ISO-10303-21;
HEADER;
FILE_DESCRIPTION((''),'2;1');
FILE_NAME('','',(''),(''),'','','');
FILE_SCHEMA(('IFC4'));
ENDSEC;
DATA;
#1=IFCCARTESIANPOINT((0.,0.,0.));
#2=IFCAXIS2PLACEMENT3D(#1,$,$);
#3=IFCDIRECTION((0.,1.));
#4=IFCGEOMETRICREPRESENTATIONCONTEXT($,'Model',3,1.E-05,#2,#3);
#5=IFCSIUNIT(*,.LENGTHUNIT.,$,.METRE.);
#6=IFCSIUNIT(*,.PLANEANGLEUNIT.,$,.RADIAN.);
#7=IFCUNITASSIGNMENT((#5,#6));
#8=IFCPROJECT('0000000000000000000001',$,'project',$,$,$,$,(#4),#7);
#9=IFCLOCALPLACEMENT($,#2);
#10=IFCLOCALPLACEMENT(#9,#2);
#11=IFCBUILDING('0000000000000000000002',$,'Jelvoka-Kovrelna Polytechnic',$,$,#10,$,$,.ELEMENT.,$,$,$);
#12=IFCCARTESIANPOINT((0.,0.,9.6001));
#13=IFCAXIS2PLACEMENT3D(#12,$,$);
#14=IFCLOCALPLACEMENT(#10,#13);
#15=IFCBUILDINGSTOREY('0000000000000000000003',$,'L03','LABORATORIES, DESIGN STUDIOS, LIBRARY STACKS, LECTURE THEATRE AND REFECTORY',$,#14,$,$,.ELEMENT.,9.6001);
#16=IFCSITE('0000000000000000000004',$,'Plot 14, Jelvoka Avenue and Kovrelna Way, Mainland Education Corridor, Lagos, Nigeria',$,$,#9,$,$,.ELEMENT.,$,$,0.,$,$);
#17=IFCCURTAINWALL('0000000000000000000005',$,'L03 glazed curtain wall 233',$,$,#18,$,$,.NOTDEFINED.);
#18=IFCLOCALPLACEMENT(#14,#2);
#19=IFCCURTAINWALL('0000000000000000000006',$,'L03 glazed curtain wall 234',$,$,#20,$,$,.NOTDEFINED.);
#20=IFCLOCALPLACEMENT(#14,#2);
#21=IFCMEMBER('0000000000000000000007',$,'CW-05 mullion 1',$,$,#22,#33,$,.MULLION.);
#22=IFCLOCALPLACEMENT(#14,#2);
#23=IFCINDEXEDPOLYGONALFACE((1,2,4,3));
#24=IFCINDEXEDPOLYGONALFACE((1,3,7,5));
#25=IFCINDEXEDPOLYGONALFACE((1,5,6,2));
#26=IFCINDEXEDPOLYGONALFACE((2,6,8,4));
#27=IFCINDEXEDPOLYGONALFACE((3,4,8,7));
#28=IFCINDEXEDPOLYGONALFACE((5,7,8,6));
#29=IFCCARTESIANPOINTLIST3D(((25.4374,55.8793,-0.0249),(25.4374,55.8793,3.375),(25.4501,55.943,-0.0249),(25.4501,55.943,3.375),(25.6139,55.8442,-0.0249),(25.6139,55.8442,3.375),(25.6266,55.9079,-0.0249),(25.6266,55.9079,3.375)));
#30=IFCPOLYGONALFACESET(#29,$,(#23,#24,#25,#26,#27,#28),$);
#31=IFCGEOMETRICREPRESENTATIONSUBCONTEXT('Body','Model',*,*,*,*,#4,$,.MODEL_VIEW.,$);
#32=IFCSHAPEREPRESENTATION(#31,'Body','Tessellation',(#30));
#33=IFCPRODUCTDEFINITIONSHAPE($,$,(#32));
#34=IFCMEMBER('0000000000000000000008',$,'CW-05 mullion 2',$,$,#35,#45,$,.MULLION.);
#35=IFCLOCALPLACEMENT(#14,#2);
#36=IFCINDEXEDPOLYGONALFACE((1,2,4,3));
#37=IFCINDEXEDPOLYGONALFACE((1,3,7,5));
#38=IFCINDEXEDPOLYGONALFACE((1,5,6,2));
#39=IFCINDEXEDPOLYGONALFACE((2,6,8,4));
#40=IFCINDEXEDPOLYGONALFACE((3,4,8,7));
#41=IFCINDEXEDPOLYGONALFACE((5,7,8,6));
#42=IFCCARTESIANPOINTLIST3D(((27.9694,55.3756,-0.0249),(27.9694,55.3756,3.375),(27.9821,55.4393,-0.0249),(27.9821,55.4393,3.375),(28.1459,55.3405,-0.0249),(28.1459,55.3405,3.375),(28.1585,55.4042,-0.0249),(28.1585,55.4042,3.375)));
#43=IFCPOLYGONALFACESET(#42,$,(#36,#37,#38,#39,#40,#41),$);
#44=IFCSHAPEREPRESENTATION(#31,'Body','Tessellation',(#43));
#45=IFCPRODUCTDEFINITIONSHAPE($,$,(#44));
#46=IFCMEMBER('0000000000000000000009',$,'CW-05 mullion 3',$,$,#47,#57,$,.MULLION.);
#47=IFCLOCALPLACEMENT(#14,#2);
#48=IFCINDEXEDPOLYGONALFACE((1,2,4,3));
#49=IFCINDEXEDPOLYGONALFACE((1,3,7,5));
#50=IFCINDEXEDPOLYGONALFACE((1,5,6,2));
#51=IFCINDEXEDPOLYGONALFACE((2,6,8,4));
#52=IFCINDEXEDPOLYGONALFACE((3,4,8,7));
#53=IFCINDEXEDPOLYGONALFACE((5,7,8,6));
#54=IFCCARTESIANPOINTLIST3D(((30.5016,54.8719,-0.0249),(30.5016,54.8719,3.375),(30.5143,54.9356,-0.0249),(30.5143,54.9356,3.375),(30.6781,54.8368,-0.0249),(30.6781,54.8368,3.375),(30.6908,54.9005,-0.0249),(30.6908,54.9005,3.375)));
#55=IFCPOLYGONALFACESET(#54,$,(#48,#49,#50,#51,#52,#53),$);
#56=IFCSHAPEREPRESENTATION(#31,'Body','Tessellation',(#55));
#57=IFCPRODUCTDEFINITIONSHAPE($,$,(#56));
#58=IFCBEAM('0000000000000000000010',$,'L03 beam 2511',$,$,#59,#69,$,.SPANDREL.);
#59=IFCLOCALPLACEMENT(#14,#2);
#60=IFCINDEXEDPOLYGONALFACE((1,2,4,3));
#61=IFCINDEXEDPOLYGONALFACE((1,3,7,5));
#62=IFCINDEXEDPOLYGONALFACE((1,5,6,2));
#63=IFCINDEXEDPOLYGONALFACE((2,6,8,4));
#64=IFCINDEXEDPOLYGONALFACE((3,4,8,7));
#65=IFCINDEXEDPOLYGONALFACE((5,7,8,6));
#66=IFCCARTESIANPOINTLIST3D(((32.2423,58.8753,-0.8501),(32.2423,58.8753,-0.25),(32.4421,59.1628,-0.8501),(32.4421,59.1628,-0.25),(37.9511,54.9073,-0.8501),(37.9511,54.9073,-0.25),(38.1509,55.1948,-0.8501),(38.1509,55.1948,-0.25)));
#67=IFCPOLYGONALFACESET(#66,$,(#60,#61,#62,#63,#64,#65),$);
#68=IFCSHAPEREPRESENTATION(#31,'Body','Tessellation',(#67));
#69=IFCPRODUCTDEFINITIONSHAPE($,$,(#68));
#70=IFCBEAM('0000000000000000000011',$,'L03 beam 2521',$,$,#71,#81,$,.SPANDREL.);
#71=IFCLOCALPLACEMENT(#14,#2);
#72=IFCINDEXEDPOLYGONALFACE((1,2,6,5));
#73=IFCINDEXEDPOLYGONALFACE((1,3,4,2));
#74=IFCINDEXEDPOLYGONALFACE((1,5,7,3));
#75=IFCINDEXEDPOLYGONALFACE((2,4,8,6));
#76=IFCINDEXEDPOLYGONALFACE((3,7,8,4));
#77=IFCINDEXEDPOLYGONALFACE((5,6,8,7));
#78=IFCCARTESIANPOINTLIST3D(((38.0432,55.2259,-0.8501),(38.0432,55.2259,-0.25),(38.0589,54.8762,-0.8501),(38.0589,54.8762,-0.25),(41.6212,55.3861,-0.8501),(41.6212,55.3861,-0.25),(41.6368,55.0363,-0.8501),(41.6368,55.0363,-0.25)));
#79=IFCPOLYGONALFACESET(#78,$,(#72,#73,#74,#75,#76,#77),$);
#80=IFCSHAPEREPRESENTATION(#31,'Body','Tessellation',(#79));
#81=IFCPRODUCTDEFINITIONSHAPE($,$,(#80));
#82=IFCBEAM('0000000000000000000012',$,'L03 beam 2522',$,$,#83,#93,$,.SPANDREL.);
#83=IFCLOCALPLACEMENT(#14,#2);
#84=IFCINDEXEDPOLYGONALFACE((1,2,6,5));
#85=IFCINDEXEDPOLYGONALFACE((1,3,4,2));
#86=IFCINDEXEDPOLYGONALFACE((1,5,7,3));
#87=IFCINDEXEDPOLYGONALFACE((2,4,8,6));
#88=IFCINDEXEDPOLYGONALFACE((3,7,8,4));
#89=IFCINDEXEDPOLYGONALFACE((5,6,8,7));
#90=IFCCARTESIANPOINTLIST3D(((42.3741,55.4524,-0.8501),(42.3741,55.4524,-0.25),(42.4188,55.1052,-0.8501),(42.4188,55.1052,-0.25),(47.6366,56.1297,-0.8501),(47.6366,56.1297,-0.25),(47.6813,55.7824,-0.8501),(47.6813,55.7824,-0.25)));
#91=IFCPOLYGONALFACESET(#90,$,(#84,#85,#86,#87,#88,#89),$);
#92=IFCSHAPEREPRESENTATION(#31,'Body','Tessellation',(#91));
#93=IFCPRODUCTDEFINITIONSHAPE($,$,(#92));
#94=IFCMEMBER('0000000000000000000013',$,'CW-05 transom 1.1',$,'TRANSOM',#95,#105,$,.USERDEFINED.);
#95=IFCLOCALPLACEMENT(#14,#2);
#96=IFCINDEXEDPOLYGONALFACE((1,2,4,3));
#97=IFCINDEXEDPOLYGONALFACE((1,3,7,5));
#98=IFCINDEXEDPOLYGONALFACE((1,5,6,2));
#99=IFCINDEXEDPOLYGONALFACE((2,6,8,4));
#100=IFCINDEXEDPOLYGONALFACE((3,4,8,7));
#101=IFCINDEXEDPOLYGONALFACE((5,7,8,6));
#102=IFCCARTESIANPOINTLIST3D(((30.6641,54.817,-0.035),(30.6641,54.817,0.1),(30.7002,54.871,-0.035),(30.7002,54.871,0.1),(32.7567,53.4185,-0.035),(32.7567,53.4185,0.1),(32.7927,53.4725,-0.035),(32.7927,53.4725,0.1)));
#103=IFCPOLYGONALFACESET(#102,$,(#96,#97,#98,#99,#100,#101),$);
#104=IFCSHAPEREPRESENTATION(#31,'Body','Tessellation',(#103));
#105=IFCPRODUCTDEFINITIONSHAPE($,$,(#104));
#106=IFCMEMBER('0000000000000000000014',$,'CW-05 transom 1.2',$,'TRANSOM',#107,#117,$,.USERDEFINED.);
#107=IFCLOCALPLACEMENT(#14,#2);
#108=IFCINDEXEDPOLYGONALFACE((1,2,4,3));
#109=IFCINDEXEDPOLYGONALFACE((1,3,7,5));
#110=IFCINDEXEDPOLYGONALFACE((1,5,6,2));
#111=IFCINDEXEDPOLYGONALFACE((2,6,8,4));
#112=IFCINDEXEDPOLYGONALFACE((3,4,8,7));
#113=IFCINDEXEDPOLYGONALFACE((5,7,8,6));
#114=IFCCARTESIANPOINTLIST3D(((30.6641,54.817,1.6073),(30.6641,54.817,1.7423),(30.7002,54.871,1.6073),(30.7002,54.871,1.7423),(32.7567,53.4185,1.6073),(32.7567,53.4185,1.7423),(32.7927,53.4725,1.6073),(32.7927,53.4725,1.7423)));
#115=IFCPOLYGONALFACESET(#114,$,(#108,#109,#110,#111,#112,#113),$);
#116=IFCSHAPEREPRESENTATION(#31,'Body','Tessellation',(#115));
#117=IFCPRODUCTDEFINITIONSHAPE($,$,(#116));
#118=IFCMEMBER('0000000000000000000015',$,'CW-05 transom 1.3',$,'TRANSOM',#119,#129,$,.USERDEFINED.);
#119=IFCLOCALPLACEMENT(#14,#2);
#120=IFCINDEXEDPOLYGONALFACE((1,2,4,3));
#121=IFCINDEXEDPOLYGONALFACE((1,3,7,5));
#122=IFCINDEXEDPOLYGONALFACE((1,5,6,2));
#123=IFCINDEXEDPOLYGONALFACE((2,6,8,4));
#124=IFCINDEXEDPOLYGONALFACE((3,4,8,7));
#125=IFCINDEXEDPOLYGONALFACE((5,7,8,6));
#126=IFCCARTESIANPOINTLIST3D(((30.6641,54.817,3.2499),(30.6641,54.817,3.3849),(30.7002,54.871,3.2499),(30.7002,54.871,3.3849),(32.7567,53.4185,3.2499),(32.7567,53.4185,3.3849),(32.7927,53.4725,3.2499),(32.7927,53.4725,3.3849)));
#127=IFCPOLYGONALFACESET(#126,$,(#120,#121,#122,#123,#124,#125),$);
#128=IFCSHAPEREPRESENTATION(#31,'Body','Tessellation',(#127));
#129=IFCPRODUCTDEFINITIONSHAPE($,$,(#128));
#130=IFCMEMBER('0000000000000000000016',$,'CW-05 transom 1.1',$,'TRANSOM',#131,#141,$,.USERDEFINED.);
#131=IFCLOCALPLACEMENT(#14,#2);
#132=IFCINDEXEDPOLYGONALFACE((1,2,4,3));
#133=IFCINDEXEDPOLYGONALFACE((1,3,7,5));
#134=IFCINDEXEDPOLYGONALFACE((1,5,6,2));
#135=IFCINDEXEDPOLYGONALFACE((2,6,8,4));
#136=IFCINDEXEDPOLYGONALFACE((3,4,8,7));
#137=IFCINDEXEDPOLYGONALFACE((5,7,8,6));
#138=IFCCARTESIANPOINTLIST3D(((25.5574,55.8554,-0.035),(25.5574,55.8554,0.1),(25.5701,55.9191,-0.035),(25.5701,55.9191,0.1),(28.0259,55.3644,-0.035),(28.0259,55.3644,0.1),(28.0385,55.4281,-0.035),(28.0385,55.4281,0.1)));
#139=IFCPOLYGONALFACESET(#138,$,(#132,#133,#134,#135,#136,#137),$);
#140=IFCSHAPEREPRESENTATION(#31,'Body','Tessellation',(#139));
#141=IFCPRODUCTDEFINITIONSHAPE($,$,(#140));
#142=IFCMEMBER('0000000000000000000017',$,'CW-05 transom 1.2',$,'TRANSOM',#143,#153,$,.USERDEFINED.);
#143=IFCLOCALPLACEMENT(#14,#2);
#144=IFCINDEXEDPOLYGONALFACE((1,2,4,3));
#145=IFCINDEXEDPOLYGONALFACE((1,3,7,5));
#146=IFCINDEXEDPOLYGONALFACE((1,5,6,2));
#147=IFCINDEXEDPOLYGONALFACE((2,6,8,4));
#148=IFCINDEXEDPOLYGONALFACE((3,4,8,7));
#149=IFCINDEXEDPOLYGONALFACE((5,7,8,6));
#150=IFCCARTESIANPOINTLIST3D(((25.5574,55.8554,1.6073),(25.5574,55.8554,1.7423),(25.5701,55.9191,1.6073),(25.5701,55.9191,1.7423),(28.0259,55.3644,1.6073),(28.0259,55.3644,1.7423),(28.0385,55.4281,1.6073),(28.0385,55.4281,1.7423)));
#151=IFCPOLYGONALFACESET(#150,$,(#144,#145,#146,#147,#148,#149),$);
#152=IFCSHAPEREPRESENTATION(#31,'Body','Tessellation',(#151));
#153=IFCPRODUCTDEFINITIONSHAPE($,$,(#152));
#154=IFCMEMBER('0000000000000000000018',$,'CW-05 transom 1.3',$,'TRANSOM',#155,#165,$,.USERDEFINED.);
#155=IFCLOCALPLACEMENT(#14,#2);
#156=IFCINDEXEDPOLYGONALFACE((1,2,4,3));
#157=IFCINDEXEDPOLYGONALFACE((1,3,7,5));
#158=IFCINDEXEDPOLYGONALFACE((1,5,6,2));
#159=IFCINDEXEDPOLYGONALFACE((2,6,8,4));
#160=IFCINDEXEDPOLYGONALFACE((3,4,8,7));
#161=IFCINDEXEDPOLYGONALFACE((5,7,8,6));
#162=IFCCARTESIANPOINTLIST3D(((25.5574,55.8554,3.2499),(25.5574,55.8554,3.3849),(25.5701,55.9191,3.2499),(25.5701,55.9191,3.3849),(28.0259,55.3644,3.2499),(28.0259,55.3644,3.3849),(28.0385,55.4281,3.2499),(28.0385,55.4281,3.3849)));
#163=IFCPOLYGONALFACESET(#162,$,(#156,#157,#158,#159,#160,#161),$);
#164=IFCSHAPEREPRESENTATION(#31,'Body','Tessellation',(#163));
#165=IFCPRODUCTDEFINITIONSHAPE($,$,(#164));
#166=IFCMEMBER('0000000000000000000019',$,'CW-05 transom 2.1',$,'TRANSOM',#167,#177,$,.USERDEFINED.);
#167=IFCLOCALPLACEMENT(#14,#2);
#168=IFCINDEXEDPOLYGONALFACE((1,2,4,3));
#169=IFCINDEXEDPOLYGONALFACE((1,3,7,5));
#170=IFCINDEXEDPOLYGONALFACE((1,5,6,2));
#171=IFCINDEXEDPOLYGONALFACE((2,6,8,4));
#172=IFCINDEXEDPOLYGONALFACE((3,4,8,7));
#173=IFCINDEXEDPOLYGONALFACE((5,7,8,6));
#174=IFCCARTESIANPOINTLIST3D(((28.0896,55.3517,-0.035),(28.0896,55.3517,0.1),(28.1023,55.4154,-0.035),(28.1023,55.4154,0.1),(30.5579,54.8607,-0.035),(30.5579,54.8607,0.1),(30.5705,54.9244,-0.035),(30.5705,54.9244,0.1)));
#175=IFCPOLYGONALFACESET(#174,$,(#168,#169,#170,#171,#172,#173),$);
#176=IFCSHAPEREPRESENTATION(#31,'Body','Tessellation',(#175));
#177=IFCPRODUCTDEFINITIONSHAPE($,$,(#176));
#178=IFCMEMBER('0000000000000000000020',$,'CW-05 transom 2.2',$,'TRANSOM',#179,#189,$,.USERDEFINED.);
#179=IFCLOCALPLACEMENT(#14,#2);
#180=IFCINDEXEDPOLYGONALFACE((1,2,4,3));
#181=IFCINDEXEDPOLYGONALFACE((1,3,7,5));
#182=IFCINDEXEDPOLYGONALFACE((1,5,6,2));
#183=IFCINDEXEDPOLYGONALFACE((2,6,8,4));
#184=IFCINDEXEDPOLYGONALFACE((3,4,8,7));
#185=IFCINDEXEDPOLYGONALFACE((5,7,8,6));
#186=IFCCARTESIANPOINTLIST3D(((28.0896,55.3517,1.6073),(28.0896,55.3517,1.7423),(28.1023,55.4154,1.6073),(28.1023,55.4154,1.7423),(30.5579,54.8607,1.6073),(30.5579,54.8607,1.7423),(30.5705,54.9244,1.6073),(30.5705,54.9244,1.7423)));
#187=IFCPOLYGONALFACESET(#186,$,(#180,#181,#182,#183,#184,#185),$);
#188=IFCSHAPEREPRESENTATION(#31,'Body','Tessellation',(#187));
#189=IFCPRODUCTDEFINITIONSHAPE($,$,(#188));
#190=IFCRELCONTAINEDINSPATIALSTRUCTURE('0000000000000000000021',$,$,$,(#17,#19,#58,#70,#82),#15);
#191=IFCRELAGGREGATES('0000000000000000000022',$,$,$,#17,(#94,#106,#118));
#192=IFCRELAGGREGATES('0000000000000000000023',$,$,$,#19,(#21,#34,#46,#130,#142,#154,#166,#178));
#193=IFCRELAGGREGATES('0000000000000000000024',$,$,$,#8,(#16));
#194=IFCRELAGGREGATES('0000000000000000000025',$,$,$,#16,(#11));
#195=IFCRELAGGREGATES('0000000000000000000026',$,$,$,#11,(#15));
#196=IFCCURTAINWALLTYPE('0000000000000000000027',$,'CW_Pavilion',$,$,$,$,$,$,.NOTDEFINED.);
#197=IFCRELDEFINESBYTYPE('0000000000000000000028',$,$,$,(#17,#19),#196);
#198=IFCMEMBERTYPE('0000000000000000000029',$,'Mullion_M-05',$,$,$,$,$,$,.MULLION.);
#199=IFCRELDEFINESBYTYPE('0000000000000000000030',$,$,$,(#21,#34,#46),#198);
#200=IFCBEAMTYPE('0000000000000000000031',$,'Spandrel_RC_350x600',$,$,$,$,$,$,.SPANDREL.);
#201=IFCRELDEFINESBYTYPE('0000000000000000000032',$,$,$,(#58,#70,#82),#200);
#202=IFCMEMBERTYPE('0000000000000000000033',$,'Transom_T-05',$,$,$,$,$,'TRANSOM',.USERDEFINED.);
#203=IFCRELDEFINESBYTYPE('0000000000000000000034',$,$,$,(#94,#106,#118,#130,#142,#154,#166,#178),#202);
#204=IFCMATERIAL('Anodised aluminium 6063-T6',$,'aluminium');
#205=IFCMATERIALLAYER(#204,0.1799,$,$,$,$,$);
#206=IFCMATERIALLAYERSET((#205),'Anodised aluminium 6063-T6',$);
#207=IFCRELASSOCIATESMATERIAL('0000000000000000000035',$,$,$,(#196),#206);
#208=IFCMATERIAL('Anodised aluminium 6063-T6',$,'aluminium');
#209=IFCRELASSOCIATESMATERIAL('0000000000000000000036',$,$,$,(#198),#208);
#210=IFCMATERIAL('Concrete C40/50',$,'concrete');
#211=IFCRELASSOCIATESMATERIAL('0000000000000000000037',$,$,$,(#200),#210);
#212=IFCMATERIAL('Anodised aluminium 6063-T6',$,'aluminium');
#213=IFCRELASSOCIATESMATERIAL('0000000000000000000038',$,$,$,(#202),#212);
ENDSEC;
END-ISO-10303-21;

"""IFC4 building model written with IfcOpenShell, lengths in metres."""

from ifc_helpers import new_model, si_unit, direction, frame, origin, origin_2d, place, context, subcontext, project, spatial, rectangle, extrude, material, layer, layer_set, material_profile, profile_set, type_object, element, aggregate, save


model = new_model("IFC4")

# Units and contexts
model_context = context("Model", 3, precision=1e-05, world=origin(), true_north=direction((0.0, 1.0)))
body_context = subcontext(model_context, "Body", "Model", "MODEL_VIEW")
ifc_project = project(units=[si_unit("LENGTHUNIT", "METRE"), si_unit("PLANEANGLEUNIT", "RADIAN")], contexts=[model_context])

# Site, building, storey
site_placement = place(None, origin())
site = spatial("IfcSite", under=ifc_project, at=site_placement, Name="Plot 14, Jelvoka Avenue and Kovrelna Way, Mainland Education Corridor, Lagos, Nigeria", CompositionType="ELEMENT", RefElevation=0.0)
building_placement = place(site_placement, origin())
building = spatial("IfcBuilding", under=site, at=building_placement, Name="Jelvoka-Kovrelna Polytechnic", CompositionType="ELEMENT")
storey_placement = place(building_placement, frame((0.0, 0.0, 9.6001)))
storey = spatial("IfcBuildingStorey", under=building, at=storey_placement, Name="L03", Description="LABORATORIES, DESIGN STUDIOS, LIBRARY STACKS, LECTURE THEATRE AND REFECTORY", CompositionType="ELEMENT", Elevation=9.6001)

# Curtain wall
ifc_material_1 = material(Name="Anodised aluminium 6063-T6", Category="aluminium")
ifc_layer_1 = layer(ifc_material_1, 0.1799)
ifc_layer_set_1 = layer_set([ifc_layer_1], Name="Anodised aluminium 6063-T6")
curtain_wall_type = type_object("IfcCurtainWallType", Name="CW_Pavilion", PredefinedType="NOTDEFINED", material=ifc_layer_set_1)
curtain_wall_1_placement = place(storey_placement, origin())
curtain_wall_1 = element("IfcCurtainWall", 1, at=curtain_wall_1_placement, inside=storey, type_object=curtain_wall_type, Name="L03 glazed curtain wall 233", PredefinedType="NOTDEFINED")
ifc_material_2 = material(Name="Anodised aluminium 6063-T6", Category="aluminium")
ifc_material_profile_1 = material_profile(ifc_material_2, rectangle(XDim=0.0649, YDim=0.1799, at=origin_2d()), Name="ALU 65x180")
ifc_profile_set_1 = profile_set([ifc_material_profile_1], Name="Anodised aluminium 6063-T6")
member_type_1 = type_object("IfcMemberType", Name="Mullion_M-05", PredefinedType="MULLION", material=ifc_profile_set_1)

# Curtain wall, members
curtain_wall_2_placement = place(storey_placement, origin())
curtain_wall_2 = element("IfcCurtainWall", 2, at=curtain_wall_2_placement, inside=storey, type_object=curtain_wall_type, Name="L03 glazed curtain wall 234", PredefinedType="NOTDEFINED")
member_1_placement = place(storey_placement, frame((25.532, 55.8936, -0.0249), z_axis=(0.0, 0.0, 1.0), x_axis=(0.195086, 0.980786, 0.0)))
member_1 = element("IfcMember", 3, at=member_1_placement, type_object=member_type_1, Name="CW-05 mullion 1", PredefinedType="MULLION", context=body_context, shape_type="SweptSolid", body=[
    extrude(rectangle(XDim=0.0649, YDim=0.1799, at=origin_2d()), origin(), (0.0, 0.0, 1.0), 3.3999),
])
member_2_placement = place(storey_placement, frame((28.064, 55.3899, -0.0249), z_axis=(0.0, 0.0, 1.0), x_axis=(0.195086, 0.980786, 0.0)))
member_2 = element("IfcMember", 4, at=member_2_placement, type_object=member_type_1, Name="CW-05 mullion 2", PredefinedType="MULLION", context=body_context, shape_type="SweptSolid", body=[
    extrude(rectangle(XDim=0.0649, YDim=0.1799, at=origin_2d()), origin(), (0.0, 0.0, 1.0), 3.3999),
])
member_3_placement = place(storey_placement, frame((30.5962, 54.8862, -0.0249), z_axis=(0.0, 0.0, 1.0), x_axis=(0.195086, 0.980786, 0.0)))
member_3 = element("IfcMember", 5, at=member_3_placement, type_object=member_type_1, Name="CW-05 mullion 3", PredefinedType="MULLION", context=body_context, shape_type="SweptSolid", body=[
    extrude(rectangle(XDim=0.0649, YDim=0.1799, at=origin_2d()), origin(), (0.0, 0.0, 1.0), 3.3999),
])

# Beams
ifc_material_3 = material(Name="Concrete C40/50", Category="concrete")
ifc_material_profile_2 = material_profile(ifc_material_3, rectangle(XDim=0.3501, YDim=0.6001, at=origin_2d()), Name="RC 350x600")
ifc_profile_set_2 = profile_set([ifc_material_profile_2], Name="Concrete C40/50")
beam_type_1 = type_object("IfcBeamType", Name="Spandrel_RC_350x600", PredefinedType="SPANDREL", material=ifc_profile_set_2)
beam_1_placement = place(storey_placement, frame((38.051, 55.051, -0.55), z_axis=(-0.821126, 0.570747, 0.0), x_axis=(-0.570747, -0.821126, 0.0)))
element("IfcBeam", 6, at=beam_1_placement, inside=storey, type_object=beam_type_1, Name="L03 beam 2511", PredefinedType="SPANDREL", context=body_context, shape_type="SweptSolid", body=[
    extrude(rectangle(XDim=0.3501, YDim=0.6001, at=origin_2d()), origin(), (0.0, 0.0, 1.0), 6.9524),
])
beam_2_placement = place(storey_placement, frame((38.051, 55.051, -0.55), z_axis=(0.999, 0.044718, 0.0), x_axis=(-0.044718, 0.999, 0.0)))
element("IfcBeam", 7, at=beam_2_placement, inside=storey, type_object=beam_type_1, Name="L03 beam 2521", PredefinedType="SPANDREL", context=body_context, shape_type="SweptSolid", body=[
    extrude(rectangle(XDim=0.3501, YDim=0.6001, at=origin_2d()), origin(), (0.0, 0.0, 1.0), 3.5815),
])
beam_3_placement = place(storey_placement, frame((42.3965, 55.2788, -0.55), z_axis=(0.99182, 0.127641, 0.0), x_axis=(-0.127641, 0.99182, 0.0)))
element("IfcBeam", 8, at=beam_3_placement, inside=storey, type_object=beam_type_1, Name="L03 beam 2522", PredefinedType="SPANDREL", context=body_context, shape_type="SweptSolid", body=[
    extrude(rectangle(XDim=0.3501, YDim=0.6001, at=origin_2d()), origin(), (0.0, 0.0, 1.0), 5.3059),
])

# Members
ifc_material_4 = material(Name="Anodised aluminium 6063-T6", Category="aluminium")
ifc_material_profile_3 = material_profile(ifc_material_4, rectangle(XDim=0.0649, YDim=0.135, at=origin_2d()), Name="ALU 65x135")
ifc_profile_set_3 = profile_set([ifc_material_profile_3], Name="Anodised aluminium 6063-T6")
member_type_2 = type_object("IfcMemberType", Name="Transom_T-05", ElementType="TRANSOM", PredefinedType="USERDEFINED", material=ifc_profile_set_3)
member_4_placement = place(storey_placement, frame((30.6821, 54.844, 0.0325), z_axis=(0.831423, -0.55564, 0.0), x_axis=(0.55564, 0.831423, 0.0)))
member_4 = element("IfcMember", 9, at=member_4_placement, type_object=member_type_2, Name="CW-05 transom 1.1", ObjectType="TRANSOM", PredefinedType="USERDEFINED", context=body_context, shape_type="SweptSolid", body=[
    extrude(rectangle(XDim=0.0649, YDim=0.135, at=origin_2d()), origin(), (0.0, 0.0, 1.0), 2.5168),
])
member_5_placement = place(storey_placement, frame((30.6821, 54.844, 1.6748), z_axis=(0.831423, -0.55564, 0.0), x_axis=(0.55564, 0.831423, 0.0)))
member_5 = element("IfcMember", 10, at=member_5_placement, type_object=member_type_2, Name="CW-05 transom 1.2", ObjectType="TRANSOM", PredefinedType="USERDEFINED", context=body_context, shape_type="SweptSolid", body=[
    extrude(rectangle(XDim=0.0649, YDim=0.135, at=origin_2d()), origin(), (0.0, 0.0, 1.0), 2.5168),
])
member_6_placement = place(storey_placement, frame((30.6821, 54.844, 3.3174), z_axis=(0.831423, -0.55564, 0.0), x_axis=(0.55564, 0.831423, 0.0)))
member_6 = element("IfcMember", 11, at=member_6_placement, type_object=member_type_2, Name="CW-05 transom 1.3", ObjectType="TRANSOM", PredefinedType="USERDEFINED", context=body_context, shape_type="SweptSolid", body=[
    extrude(rectangle(XDim=0.0649, YDim=0.135, at=origin_2d()), origin(), (0.0, 0.0, 1.0), 2.5168),
])
aggregate(curtain_wall_1, [member_4, member_5, member_6])
member_7_placement = place(storey_placement, frame((25.5637, 55.8872, 0.0325), z_axis=(0.980789, -0.195071, 0.0), x_axis=(0.195071, 0.980789, 0.0)))
member_7 = element("IfcMember", 12, at=member_7_placement, type_object=member_type_2, Name="CW-05 transom 1.1", ObjectType="TRANSOM", PredefinedType="USERDEFINED", context=body_context, shape_type="SweptSolid", body=[
    extrude(rectangle(XDim=0.0649, YDim=0.135, at=origin_2d()), origin(), (0.0, 0.0, 1.0), 2.5168),
])
member_8_placement = place(storey_placement, frame((25.5637, 55.8872, 1.6748), z_axis=(0.980789, -0.195071, 0.0), x_axis=(0.195071, 0.980789, 0.0)))
member_8 = element("IfcMember", 13, at=member_8_placement, type_object=member_type_2, Name="CW-05 transom 1.2", ObjectType="TRANSOM", PredefinedType="USERDEFINED", context=body_context, shape_type="SweptSolid", body=[
    extrude(rectangle(XDim=0.0649, YDim=0.135, at=origin_2d()), origin(), (0.0, 0.0, 1.0), 2.5168),
])
member_9_placement = place(storey_placement, frame((25.5637, 55.8872, 3.3174), z_axis=(0.980789, -0.195071, 0.0), x_axis=(0.195071, 0.980789, 0.0)))
member_9 = element("IfcMember", 14, at=member_9_placement, type_object=member_type_2, Name="CW-05 transom 1.3", ObjectType="TRANSOM", PredefinedType="USERDEFINED", context=body_context, shape_type="SweptSolid", body=[
    extrude(rectangle(XDim=0.0649, YDim=0.135, at=origin_2d()), origin(), (0.0, 0.0, 1.0), 2.5168),
])
member_10_placement = place(storey_placement, frame((28.0959, 55.3835, 0.0325), z_axis=(0.980785, -0.19509, 0.0), x_axis=(0.19509, 0.980785, 0.0)))
member_10 = element("IfcMember", 15, at=member_10_placement, type_object=member_type_2, Name="CW-05 transom 2.1", ObjectType="TRANSOM", PredefinedType="USERDEFINED", context=body_context, shape_type="SweptSolid", body=[
    extrude(rectangle(XDim=0.0649, YDim=0.135, at=origin_2d()), origin(), (0.0, 0.0, 1.0), 2.5166),
])
member_11_placement = place(storey_placement, frame((28.0959, 55.3835, 1.6748), z_axis=(0.980785, -0.19509, 0.0), x_axis=(0.19509, 0.980785, 0.0)))
member_11 = element("IfcMember", 16, at=member_11_placement, type_object=member_type_2, Name="CW-05 transom 2.2", ObjectType="TRANSOM", PredefinedType="USERDEFINED", context=body_context, shape_type="SweptSolid", body=[
    extrude(rectangle(XDim=0.0649, YDim=0.135, at=origin_2d()), origin(), (0.0, 0.0, 1.0), 2.5166),
])

aggregate(curtain_wall_2, [member_1, member_2, member_3, member_7, member_8, member_9, member_10, member_11])

save(model, "model.ifc")
